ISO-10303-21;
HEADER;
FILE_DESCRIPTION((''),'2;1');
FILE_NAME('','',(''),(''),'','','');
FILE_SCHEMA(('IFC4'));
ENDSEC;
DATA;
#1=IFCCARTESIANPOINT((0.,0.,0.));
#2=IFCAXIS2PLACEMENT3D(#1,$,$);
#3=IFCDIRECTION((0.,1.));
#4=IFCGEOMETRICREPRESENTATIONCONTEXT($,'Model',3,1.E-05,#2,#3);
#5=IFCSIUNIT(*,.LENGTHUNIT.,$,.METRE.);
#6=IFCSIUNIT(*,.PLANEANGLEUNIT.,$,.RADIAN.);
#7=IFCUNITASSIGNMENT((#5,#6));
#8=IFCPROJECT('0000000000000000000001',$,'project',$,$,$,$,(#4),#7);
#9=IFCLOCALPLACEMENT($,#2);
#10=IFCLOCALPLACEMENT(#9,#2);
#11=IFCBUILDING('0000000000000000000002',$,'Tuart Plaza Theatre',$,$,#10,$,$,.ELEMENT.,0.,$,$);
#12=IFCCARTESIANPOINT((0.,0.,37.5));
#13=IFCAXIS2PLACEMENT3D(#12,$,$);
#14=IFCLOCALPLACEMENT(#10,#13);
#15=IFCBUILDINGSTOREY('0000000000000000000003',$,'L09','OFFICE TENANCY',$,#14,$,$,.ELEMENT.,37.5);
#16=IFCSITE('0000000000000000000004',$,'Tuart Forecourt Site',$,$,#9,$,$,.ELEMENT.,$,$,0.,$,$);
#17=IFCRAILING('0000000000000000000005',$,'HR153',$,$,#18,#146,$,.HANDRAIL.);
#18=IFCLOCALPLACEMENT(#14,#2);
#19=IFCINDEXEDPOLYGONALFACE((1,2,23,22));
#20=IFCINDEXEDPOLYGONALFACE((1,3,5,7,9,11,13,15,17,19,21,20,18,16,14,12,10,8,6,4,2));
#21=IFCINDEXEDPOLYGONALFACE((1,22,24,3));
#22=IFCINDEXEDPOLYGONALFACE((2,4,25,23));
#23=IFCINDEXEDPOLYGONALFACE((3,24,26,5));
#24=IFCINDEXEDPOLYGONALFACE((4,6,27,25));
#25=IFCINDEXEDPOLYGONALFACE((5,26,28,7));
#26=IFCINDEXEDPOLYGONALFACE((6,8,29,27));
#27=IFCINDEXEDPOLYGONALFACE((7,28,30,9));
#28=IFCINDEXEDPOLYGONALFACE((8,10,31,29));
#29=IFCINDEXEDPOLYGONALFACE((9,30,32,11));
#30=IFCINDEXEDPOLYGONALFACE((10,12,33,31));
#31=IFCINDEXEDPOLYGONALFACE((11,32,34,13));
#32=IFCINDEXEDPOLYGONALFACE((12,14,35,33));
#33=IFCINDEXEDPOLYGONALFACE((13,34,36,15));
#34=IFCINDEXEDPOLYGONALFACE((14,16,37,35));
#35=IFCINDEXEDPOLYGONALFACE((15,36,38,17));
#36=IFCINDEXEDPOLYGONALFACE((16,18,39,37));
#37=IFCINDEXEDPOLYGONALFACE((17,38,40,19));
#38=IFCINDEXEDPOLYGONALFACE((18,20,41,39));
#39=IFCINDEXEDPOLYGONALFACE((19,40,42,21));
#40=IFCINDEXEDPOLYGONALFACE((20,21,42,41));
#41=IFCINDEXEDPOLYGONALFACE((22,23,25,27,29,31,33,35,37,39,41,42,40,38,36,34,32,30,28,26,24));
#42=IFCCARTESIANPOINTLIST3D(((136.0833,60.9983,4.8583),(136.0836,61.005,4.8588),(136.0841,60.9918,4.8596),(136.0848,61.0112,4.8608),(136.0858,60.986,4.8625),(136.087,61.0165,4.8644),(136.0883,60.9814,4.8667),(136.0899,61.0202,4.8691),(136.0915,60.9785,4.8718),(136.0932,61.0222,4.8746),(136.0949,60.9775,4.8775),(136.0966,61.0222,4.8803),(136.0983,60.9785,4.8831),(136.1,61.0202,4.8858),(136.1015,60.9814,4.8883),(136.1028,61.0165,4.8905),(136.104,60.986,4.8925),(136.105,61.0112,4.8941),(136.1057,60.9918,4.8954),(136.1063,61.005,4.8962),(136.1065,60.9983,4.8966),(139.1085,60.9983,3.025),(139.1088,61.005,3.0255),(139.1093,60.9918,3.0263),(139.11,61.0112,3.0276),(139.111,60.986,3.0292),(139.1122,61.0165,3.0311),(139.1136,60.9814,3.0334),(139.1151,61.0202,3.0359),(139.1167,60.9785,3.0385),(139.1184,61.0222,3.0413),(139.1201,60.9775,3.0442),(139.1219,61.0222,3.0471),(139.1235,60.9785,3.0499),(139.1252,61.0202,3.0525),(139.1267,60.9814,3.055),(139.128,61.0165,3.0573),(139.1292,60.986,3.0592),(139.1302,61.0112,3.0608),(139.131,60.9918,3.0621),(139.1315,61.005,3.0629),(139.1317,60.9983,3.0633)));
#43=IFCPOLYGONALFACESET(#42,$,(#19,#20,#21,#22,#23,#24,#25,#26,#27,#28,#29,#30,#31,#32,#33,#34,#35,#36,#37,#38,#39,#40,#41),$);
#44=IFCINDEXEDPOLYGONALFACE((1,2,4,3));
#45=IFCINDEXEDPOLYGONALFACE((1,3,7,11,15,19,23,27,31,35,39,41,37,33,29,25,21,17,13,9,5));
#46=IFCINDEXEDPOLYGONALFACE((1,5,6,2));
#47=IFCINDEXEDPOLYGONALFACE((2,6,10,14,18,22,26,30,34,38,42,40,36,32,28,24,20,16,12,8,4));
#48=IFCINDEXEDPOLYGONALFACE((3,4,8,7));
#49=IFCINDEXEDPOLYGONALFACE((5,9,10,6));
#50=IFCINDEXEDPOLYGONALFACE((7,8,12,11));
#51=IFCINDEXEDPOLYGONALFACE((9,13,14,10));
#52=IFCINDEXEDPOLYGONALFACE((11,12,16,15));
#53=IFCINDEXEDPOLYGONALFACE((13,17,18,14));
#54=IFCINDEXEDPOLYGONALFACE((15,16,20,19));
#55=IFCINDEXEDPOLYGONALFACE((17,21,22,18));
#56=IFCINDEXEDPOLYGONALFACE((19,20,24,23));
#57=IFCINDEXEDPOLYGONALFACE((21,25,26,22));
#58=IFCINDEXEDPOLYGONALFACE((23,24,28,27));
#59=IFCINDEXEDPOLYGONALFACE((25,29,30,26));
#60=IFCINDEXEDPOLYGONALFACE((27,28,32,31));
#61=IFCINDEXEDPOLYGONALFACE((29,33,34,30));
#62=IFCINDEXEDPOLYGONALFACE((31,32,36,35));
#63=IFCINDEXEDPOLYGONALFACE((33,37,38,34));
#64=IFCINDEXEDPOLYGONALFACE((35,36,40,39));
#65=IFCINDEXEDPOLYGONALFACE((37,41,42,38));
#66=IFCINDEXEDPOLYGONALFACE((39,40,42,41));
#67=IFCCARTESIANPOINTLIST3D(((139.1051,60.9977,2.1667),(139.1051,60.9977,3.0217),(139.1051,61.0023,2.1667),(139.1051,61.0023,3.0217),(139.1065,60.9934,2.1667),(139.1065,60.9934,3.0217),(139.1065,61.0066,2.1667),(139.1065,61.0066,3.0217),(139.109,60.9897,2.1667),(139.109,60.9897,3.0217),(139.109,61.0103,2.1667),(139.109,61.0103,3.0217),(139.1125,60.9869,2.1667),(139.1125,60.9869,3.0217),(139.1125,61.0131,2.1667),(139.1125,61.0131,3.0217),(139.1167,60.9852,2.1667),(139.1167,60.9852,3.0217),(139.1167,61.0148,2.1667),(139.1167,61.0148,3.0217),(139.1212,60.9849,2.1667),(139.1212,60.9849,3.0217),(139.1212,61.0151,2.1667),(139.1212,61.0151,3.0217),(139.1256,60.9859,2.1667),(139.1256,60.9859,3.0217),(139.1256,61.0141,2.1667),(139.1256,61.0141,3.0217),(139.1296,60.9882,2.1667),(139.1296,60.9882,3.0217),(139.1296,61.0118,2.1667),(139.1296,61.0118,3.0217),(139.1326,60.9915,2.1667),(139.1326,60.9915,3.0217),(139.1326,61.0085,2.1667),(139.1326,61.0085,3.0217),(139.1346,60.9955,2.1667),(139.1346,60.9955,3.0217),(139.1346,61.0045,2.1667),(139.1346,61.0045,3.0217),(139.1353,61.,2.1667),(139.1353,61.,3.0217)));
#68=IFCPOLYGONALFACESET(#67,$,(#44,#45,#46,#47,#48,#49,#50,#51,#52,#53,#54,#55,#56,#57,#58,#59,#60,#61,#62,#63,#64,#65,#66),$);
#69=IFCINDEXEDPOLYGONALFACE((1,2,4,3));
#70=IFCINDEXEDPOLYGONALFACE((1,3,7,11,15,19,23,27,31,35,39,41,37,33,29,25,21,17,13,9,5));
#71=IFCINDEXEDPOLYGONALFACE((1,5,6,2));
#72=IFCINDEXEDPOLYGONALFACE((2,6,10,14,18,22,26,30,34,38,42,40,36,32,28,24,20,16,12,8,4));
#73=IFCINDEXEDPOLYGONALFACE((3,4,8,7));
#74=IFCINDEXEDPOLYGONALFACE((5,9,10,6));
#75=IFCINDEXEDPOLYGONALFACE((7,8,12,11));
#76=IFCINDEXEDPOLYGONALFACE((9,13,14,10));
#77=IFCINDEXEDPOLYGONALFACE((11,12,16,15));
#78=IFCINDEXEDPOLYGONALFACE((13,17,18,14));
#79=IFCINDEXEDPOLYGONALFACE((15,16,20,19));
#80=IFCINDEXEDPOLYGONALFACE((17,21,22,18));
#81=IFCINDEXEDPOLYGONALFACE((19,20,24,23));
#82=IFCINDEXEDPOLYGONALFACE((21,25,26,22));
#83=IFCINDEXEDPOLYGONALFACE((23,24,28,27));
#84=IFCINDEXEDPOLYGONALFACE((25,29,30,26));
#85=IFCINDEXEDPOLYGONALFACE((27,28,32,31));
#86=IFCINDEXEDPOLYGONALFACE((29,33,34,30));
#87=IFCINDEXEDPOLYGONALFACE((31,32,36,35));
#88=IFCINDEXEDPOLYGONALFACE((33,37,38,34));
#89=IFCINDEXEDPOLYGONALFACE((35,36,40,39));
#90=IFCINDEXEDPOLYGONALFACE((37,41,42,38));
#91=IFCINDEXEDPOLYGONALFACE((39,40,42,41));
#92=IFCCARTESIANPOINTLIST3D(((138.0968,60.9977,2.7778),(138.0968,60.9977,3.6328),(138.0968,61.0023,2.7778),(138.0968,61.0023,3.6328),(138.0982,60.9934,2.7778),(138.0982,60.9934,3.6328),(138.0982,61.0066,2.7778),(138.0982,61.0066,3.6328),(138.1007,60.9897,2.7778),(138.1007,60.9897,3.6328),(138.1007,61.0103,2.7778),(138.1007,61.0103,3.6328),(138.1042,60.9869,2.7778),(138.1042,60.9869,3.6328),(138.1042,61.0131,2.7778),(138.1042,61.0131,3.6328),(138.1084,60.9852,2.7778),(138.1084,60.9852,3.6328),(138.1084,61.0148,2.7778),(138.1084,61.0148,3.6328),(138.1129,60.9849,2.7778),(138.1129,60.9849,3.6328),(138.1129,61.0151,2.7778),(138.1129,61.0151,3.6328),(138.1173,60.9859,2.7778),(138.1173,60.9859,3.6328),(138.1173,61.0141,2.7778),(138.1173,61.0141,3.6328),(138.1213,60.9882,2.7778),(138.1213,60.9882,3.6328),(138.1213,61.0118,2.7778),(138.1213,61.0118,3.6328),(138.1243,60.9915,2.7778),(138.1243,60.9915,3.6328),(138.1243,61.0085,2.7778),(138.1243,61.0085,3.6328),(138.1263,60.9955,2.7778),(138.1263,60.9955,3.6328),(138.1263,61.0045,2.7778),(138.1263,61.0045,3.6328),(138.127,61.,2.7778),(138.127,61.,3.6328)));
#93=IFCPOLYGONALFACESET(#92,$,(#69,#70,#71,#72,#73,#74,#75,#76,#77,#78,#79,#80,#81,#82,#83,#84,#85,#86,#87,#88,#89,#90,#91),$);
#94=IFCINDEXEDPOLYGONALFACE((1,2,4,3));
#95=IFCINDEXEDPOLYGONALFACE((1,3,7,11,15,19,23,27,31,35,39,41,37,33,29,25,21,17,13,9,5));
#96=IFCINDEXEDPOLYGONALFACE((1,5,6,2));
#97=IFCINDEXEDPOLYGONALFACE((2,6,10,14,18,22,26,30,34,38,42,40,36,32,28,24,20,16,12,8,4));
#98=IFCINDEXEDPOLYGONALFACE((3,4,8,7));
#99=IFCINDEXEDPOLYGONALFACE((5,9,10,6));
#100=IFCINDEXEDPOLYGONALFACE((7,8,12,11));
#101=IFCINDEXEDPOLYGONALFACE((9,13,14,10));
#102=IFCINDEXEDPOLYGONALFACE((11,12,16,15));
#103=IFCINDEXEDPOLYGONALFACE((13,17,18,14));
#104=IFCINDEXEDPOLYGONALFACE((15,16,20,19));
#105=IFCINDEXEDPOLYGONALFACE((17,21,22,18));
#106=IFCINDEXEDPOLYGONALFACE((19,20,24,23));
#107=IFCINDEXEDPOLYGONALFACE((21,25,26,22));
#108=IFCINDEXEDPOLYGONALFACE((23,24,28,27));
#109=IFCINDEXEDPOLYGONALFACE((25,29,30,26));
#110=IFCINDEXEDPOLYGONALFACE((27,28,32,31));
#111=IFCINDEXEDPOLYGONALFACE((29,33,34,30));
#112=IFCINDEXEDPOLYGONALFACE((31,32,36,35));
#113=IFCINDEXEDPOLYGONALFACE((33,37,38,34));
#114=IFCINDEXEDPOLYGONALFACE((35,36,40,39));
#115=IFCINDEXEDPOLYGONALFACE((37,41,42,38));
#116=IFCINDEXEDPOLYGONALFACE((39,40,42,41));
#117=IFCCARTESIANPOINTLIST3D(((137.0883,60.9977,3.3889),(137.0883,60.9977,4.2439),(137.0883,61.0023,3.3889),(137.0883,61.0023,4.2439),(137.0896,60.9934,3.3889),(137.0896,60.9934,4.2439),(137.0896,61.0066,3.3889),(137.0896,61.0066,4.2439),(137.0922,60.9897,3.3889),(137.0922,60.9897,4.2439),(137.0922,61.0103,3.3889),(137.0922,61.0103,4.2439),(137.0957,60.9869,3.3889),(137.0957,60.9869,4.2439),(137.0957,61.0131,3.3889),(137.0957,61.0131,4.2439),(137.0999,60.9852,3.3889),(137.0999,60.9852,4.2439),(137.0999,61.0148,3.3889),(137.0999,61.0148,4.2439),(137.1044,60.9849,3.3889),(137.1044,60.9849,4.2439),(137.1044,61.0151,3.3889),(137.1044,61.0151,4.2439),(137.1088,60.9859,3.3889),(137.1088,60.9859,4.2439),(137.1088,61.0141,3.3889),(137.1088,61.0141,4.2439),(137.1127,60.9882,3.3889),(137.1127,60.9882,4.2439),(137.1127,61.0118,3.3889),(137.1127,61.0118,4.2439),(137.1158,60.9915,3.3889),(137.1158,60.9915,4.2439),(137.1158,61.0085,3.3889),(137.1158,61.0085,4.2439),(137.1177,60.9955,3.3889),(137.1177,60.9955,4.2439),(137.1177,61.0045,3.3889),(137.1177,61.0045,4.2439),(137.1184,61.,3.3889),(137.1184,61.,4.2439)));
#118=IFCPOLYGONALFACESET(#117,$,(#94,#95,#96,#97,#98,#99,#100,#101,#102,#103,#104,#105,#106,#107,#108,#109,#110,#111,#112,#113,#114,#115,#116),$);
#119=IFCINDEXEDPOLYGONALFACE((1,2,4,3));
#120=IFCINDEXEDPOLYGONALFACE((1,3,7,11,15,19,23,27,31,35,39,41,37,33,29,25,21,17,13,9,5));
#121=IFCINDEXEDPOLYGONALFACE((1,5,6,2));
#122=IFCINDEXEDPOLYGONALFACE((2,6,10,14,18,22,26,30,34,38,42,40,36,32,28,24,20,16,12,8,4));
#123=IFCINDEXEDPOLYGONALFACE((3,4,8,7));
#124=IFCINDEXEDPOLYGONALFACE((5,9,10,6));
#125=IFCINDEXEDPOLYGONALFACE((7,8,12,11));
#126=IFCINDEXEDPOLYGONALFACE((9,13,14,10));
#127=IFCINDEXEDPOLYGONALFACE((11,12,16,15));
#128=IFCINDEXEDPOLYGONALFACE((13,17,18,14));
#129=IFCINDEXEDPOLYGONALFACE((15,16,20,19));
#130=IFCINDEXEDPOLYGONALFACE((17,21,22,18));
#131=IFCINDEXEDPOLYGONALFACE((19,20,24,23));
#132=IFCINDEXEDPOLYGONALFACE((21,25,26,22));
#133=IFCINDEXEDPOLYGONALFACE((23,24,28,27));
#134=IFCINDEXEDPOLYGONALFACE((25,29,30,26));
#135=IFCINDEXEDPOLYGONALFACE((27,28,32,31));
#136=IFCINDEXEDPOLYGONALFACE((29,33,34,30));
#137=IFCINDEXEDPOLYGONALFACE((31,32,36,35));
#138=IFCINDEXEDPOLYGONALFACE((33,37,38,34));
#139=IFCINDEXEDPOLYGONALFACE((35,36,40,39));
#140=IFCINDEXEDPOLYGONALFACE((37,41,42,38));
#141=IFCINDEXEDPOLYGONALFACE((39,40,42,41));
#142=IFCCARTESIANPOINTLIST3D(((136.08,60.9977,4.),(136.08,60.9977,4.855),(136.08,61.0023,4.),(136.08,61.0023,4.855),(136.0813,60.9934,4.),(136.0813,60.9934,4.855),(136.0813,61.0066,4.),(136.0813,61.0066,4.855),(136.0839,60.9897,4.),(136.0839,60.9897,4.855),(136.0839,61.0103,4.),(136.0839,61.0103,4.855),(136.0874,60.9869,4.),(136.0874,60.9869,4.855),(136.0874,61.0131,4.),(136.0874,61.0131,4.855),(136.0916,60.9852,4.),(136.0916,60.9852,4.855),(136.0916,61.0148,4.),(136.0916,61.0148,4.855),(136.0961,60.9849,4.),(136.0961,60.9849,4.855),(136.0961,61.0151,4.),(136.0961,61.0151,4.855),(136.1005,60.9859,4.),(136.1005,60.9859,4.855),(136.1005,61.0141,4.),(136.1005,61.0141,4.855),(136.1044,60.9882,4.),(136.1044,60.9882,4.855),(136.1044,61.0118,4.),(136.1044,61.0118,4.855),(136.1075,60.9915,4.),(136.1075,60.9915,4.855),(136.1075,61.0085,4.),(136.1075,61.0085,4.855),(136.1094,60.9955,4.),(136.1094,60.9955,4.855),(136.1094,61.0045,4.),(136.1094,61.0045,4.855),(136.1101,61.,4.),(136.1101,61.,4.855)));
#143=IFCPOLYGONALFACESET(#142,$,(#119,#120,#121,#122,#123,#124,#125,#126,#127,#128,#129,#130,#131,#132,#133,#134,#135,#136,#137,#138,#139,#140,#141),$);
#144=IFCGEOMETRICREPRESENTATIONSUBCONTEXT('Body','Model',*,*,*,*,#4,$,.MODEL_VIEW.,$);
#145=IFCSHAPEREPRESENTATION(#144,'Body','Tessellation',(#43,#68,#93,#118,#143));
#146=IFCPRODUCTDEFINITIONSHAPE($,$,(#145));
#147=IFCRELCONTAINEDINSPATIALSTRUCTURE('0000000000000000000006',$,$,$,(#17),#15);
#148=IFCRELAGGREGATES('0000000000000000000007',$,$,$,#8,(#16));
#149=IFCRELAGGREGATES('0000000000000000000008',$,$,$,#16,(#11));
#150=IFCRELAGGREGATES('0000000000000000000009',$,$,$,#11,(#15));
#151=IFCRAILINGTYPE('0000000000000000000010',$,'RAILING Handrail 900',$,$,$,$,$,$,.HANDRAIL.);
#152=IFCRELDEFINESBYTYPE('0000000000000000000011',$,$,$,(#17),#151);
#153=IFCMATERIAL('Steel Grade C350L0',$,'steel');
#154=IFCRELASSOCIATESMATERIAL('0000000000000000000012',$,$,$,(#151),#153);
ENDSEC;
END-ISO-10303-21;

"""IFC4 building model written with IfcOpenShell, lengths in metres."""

from ifc_helpers import new_model, si_unit, direction, frame, origin, origin_2d, place, context, subcontext, project, spatial, circle, extrude, material, type_object, element, save


model = new_model("IFC4")

# Units and contexts
model_context = context("Model", 3, precision=1e-05, world=origin(), true_north=direction((0.0, 1.0)))
body_context = subcontext(model_context, "Body", "Model", "MODEL_VIEW")
ifc_project = project(units=[si_unit("LENGTHUNIT", "METRE"), si_unit("PLANEANGLEUNIT", "RADIAN")], contexts=[model_context])

# Site, building, storey
site_placement = place(None, origin())
site = spatial("IfcSite", under=ifc_project, at=site_placement, Name="Tuart Forecourt Site", CompositionType="ELEMENT", RefElevation=0.0)
building_placement = place(site_placement, origin())
building = spatial("IfcBuilding", under=site, at=building_placement, Name="Tuart Plaza Theatre", CompositionType="ELEMENT", ElevationOfRefHeight=0.0)
storey_placement = place(building_placement, frame((0.0, 0.0, 37.5)))
storey = spatial("IfcBuildingStorey", under=building, at=storey_placement, Name="L09", Description="OFFICE TENANCY", CompositionType="ELEMENT", Elevation=37.5)

# Railing
ifc_material_1 = material(Name="Steel Grade C350L0", Category="steel")
railing_type_1 = type_object("IfcRailingType", Name="RAILING Handrail 900", PredefinedType="HANDRAIL", material=ifc_material_1)
for number, where, name in (
    (1, (139.1201, 61.0, 2.1667), "HR153"),
):
    element("IfcRailing", number, at=place(storey_placement, frame(where)), inside=storey, type_object=railing_type_1, Name=name, PredefinedType="HANDRAIL", context=body_context, shape_type="SweptSolid", body=[
        extrude(circle(Radius=0.0225, at=origin_2d()), frame((0.0, 0.0, 0.8774), z_axis=(-0.855219, 0.0, 0.518267), x_axis=(0.0, -1.0, 0.0)), (0.0, 0.0, 1.0), 3.5374),
        extrude(circle(Radius=0.0151, at=origin_2d()), origin(), (0.0, 0.0, 1.0), 0.855),
        extrude(circle(Radius=0.0151, at=origin_2d()), frame((-1.0083, 0.0, 0.6111)), (0.0, 0.0, 1.0), 0.855),
        extrude(circle(Radius=0.0151, at=origin_2d()), frame((-2.0168, 0.0, 1.2222)), (0.0, 0.0, 1.0), 0.855),
        extrude(circle(Radius=0.0151, at=origin_2d()), frame((-3.0251, 0.0, 1.8333)), (0.0, 0.0, 1.0), 0.855),
    ])

save(model, "model.ifc")
